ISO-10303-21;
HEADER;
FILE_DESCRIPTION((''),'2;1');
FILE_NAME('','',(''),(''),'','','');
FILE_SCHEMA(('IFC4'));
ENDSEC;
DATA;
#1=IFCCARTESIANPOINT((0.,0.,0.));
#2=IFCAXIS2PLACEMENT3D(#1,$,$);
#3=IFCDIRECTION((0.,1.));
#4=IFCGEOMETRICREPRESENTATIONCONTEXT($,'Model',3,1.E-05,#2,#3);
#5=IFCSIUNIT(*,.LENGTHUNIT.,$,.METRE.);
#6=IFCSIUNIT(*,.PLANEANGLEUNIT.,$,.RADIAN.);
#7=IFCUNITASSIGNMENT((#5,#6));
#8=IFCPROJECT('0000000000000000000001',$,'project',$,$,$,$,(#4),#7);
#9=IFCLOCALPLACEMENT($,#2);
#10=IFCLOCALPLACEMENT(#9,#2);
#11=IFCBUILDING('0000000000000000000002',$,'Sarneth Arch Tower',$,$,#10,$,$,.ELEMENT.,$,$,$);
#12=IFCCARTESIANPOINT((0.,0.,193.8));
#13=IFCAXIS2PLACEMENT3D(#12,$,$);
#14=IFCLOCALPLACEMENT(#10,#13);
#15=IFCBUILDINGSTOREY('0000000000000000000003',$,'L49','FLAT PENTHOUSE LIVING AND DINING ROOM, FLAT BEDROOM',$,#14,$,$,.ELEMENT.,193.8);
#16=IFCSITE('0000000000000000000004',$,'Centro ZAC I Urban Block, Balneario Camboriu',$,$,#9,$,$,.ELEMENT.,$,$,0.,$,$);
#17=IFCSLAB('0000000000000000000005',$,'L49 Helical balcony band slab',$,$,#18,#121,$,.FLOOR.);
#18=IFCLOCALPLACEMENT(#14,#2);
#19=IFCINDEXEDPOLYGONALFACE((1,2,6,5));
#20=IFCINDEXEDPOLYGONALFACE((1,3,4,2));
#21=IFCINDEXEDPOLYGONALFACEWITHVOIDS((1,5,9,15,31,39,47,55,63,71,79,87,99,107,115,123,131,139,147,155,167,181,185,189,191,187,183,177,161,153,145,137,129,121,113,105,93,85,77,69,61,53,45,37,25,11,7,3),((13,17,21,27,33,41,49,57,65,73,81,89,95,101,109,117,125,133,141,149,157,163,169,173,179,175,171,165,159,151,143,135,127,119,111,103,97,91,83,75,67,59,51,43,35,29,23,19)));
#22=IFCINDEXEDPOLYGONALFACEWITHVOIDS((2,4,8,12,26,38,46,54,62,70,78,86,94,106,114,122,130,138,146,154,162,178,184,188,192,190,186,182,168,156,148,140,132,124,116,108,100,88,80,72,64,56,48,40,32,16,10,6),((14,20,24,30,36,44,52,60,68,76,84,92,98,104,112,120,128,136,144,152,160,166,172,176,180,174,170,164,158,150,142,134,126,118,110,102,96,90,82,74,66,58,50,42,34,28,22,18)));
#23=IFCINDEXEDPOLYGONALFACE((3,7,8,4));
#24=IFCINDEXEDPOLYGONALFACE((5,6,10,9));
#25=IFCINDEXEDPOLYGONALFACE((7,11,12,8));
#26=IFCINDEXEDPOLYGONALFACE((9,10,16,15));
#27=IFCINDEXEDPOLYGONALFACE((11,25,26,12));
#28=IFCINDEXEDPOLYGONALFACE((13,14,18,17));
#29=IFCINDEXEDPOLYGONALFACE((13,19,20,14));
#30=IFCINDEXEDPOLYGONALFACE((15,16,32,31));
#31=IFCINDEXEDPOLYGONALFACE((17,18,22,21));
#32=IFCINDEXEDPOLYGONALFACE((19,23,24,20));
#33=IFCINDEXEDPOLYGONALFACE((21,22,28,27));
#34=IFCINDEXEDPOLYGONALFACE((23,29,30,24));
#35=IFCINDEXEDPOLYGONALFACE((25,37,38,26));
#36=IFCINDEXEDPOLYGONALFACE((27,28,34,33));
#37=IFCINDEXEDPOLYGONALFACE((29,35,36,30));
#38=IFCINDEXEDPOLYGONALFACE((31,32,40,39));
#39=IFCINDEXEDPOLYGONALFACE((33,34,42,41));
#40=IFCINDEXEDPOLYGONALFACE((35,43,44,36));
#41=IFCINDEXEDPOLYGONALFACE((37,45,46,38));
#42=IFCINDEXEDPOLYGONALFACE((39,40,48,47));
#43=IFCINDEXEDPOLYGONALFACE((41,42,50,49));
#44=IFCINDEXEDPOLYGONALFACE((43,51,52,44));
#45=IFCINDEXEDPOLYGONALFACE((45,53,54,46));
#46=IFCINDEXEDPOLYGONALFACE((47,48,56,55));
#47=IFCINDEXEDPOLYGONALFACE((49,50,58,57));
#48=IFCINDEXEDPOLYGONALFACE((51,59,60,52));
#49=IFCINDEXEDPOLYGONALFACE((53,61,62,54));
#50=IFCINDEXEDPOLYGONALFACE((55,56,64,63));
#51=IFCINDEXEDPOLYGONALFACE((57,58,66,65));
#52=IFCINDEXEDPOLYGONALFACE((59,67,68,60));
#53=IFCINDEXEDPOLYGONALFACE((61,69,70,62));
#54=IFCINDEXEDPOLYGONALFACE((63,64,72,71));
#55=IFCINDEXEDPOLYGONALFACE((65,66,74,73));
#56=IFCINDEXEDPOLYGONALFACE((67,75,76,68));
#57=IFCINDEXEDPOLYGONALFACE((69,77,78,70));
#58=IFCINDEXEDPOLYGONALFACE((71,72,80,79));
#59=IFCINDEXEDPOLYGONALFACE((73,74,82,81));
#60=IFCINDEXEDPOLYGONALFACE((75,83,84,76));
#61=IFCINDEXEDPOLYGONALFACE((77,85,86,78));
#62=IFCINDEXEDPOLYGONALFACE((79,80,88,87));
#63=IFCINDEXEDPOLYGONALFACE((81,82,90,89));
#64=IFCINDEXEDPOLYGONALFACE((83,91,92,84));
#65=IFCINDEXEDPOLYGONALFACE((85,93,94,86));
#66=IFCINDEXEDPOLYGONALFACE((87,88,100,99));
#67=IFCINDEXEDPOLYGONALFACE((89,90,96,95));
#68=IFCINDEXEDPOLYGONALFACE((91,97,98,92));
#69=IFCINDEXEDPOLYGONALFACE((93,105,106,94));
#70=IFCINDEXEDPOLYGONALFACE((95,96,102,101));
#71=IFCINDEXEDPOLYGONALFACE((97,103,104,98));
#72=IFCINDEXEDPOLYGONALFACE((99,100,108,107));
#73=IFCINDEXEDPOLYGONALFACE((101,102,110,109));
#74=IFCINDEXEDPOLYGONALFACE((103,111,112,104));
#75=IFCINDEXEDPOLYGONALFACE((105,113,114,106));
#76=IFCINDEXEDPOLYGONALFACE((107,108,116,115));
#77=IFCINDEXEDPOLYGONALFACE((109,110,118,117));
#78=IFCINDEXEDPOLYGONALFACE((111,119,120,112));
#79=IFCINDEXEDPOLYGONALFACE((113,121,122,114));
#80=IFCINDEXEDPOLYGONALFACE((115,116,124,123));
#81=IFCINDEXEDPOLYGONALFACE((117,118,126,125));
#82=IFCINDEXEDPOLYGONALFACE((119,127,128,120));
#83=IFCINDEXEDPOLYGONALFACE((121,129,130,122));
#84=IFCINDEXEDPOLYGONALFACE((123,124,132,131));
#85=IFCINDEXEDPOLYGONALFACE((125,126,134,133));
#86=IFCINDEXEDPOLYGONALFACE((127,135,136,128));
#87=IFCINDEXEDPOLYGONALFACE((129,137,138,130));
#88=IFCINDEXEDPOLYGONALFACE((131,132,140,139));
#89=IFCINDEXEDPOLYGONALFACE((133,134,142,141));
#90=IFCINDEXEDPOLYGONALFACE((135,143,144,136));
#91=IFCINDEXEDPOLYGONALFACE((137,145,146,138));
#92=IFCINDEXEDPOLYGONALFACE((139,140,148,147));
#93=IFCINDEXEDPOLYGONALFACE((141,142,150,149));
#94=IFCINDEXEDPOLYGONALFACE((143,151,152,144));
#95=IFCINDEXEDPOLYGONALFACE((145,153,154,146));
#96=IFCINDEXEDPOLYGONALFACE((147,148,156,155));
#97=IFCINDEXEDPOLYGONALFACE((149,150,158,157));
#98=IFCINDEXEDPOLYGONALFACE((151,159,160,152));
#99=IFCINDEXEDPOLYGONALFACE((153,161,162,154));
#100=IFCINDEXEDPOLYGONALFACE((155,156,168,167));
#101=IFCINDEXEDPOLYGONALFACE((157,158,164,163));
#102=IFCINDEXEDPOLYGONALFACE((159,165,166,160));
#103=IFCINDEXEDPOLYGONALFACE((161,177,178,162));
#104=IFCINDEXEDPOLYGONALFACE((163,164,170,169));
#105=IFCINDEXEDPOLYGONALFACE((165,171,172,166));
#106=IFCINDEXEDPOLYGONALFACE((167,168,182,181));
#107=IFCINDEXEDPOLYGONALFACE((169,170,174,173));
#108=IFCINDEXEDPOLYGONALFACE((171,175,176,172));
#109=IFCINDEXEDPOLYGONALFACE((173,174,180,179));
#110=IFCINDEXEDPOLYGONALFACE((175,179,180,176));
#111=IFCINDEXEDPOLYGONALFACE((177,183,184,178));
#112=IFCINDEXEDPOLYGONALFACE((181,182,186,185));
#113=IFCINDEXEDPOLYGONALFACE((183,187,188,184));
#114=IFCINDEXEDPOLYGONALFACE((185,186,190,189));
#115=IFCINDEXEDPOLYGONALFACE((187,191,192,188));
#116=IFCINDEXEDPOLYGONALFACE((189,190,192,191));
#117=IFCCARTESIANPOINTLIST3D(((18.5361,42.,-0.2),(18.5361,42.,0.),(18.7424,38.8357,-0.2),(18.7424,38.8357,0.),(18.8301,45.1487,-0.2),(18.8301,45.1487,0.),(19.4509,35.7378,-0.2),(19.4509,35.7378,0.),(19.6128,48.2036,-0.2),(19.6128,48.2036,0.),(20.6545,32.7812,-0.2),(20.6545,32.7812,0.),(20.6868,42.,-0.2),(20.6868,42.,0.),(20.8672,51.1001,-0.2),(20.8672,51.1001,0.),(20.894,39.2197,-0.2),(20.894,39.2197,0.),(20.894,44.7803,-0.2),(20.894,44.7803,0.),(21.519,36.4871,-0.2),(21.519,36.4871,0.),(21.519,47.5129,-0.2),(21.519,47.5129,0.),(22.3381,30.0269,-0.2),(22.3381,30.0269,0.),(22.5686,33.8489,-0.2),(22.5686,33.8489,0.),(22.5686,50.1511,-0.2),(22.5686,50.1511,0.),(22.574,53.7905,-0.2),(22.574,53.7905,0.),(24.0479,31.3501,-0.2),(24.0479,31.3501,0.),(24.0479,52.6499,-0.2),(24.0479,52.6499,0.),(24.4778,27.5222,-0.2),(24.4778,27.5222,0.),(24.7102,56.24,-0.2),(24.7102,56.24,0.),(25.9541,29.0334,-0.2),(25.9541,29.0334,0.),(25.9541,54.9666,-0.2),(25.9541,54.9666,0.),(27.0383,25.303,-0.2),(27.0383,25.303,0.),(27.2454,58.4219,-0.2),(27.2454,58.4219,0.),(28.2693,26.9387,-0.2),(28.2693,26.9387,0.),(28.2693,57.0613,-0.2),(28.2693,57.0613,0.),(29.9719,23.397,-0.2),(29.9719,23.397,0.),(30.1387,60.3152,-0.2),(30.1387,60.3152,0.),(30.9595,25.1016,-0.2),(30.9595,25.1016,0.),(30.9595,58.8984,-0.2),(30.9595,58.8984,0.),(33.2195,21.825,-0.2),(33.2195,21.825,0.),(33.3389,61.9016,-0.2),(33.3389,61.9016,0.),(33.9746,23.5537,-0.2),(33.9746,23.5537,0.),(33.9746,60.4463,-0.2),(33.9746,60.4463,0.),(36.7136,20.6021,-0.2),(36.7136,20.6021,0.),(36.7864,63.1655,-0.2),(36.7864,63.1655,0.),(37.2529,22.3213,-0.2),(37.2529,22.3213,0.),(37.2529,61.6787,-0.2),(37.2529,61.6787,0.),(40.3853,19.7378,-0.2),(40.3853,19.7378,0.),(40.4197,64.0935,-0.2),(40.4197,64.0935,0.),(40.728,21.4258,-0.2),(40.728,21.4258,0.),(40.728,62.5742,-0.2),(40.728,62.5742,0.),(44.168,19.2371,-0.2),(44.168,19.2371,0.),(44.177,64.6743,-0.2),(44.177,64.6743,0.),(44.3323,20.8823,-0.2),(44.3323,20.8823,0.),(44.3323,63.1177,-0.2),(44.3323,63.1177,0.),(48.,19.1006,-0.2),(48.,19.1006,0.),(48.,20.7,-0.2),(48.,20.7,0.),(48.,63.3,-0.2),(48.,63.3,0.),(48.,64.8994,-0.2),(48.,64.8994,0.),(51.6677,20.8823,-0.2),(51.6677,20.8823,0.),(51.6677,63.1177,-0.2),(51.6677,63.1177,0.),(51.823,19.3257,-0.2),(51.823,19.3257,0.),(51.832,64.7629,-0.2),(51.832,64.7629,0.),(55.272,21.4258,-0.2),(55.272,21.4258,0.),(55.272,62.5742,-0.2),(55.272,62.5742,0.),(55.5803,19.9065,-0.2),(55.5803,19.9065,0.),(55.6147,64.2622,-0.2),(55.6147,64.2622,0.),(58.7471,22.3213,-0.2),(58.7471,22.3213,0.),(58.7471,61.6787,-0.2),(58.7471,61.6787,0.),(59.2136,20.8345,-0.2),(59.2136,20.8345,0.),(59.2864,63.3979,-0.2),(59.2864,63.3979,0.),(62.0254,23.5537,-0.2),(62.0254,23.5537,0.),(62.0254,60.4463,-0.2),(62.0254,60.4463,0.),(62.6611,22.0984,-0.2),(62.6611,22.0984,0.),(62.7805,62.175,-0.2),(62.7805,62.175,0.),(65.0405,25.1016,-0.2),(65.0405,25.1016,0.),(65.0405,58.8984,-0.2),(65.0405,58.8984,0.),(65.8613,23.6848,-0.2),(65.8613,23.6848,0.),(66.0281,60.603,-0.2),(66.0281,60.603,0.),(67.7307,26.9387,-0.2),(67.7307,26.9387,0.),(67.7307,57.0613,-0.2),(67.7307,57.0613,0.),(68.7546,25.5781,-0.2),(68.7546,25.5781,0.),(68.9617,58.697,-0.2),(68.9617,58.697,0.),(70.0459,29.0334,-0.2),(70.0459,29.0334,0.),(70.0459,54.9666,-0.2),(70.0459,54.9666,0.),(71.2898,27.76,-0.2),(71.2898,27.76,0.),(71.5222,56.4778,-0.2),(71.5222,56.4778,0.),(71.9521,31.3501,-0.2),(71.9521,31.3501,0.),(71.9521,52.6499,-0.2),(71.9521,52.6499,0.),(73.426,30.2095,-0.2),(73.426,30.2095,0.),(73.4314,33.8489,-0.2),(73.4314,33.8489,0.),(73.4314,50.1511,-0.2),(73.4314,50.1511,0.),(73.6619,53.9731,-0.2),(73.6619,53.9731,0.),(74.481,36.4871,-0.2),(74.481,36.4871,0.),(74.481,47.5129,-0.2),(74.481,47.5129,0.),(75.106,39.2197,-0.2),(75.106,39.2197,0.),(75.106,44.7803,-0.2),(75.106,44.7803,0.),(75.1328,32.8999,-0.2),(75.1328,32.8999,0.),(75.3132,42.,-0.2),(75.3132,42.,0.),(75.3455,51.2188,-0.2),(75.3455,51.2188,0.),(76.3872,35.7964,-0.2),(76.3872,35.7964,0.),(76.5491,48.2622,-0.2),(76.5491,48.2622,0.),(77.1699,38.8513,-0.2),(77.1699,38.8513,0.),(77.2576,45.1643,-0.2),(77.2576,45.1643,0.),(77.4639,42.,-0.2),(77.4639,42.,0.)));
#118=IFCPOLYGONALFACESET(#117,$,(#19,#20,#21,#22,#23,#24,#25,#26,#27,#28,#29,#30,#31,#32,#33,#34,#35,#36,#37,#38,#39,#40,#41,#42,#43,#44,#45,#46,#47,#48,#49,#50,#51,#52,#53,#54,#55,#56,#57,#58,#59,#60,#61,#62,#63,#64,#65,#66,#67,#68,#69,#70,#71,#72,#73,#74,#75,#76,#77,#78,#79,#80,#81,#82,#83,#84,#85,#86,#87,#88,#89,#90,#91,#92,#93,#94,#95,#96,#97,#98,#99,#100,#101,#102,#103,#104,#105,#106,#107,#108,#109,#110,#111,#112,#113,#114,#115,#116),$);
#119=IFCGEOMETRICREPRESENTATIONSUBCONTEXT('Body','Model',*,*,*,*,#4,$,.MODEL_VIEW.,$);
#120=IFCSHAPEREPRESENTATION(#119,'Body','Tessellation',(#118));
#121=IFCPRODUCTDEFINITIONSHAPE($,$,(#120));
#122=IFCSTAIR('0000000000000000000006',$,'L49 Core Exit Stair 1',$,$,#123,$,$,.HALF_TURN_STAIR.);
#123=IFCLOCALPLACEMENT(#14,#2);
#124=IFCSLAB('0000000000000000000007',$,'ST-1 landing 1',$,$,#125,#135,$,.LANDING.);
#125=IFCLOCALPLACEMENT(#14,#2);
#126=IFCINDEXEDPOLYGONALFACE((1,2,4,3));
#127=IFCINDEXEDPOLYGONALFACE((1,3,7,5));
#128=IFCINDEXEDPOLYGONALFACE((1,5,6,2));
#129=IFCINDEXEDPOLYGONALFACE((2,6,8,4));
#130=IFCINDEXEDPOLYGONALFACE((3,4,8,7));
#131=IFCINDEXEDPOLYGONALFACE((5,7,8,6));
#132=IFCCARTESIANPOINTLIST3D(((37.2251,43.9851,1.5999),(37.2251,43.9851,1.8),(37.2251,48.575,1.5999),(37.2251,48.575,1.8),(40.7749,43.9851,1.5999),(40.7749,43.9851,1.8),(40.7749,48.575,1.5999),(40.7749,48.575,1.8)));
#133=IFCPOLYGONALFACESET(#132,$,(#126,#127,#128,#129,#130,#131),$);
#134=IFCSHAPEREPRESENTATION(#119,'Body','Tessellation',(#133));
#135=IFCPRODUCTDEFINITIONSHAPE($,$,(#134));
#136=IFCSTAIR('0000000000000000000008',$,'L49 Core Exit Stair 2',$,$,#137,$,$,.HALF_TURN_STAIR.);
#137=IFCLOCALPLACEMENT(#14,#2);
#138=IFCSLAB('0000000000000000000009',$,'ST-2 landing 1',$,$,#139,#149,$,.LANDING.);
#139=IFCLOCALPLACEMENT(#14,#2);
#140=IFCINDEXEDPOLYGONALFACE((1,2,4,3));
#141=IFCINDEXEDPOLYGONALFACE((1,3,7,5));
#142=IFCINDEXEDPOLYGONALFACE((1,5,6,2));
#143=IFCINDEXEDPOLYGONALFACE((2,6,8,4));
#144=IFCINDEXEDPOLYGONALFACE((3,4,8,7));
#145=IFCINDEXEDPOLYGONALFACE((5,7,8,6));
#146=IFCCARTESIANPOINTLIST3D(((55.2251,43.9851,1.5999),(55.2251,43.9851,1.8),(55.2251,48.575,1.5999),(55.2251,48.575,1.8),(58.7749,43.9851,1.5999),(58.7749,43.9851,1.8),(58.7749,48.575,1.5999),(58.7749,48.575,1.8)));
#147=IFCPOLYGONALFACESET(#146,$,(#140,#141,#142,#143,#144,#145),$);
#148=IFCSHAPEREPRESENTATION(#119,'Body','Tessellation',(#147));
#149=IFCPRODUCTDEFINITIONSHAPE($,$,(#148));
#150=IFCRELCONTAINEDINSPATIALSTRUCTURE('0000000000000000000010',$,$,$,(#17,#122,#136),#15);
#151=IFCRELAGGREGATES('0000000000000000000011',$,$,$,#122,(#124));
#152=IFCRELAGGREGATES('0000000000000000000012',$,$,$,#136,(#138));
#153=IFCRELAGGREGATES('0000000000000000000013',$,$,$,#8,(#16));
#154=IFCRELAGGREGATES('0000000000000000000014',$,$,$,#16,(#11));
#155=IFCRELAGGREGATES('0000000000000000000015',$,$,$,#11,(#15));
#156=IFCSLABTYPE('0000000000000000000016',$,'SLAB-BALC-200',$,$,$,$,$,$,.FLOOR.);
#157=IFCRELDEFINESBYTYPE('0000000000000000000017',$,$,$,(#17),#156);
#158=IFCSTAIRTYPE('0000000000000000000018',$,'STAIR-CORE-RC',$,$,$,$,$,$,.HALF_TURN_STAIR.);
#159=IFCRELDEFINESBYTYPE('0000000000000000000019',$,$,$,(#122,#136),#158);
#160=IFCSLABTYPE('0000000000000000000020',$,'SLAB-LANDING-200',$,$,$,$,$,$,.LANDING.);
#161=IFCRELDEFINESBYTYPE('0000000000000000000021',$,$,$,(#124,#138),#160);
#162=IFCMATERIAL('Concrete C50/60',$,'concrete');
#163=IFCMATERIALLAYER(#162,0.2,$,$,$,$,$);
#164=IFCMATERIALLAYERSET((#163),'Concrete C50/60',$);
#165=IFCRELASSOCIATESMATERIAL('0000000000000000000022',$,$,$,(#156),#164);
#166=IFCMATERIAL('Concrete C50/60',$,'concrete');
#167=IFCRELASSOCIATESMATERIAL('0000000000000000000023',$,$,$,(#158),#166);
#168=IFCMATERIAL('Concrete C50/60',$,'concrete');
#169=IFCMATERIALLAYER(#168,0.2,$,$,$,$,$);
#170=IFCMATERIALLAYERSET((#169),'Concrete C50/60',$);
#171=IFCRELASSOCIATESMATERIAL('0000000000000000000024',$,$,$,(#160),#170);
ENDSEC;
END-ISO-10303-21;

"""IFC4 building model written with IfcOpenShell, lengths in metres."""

from ifc_helpers import new_model, si_unit, direction, frame, origin, place, context, subcontext, project, spatial, polyline, outline, extrude, material, layer, layer_set, type_object, element, aggregate, save


model = new_model("IFC4")

# Units and contexts
model_context = context("Model", 3, precision=1e-05, world=origin(), true_north=direction((0.0, 1.0)))
body_context = subcontext(model_context, "Body", "Model", "MODEL_VIEW")
ifc_project = project(units=[si_unit("LENGTHUNIT", "METRE"), si_unit("PLANEANGLEUNIT", "RADIAN")], contexts=[model_context])

# Site, building, storey
site_placement = place(None, origin())
site = spatial("IfcSite", under=ifc_project, at=site_placement, Name="Centro ZAC I Urban Block, Balneario Camboriu", CompositionType="ELEMENT", RefElevation=0.0)
building_placement = place(site_placement, origin())
building = spatial("IfcBuilding", under=site, at=building_placement, Name="Sarneth Arch Tower", CompositionType="ELEMENT")
storey_placement = place(building_placement, frame((0.0, 0.0, 193.8)))
storey = spatial("IfcBuildingStorey", under=building, at=storey_placement, Name="L49", Description="FLAT PENTHOUSE LIVING AND DINING ROOM, FLAT BEDROOM", CompositionType="ELEMENT", Elevation=193.8)

# Slab
ifc_material_1 = material(Name="Concrete C50/60", Category="concrete")
ifc_layer_1 = layer(ifc_material_1, 0.2)
ifc_layer_set_1 = layer_set([ifc_layer_1], Name="Concrete C50/60")
slab_type_1 = type_object("IfcSlabType", Name="SLAB-BALC-200", PredefinedType="FLOOR", material=ifc_layer_set_1)
slab_1_placement = place(storey_placement, frame((0.0, 0.0, -0.2)))
element("IfcSlab", 1, at=slab_1_placement, inside=storey, type_object=slab_type_1, Name="L49 Helical balcony band slab", PredefinedType="FLOOR", context=body_context, shape_type="SweptSolid", body=[
    extrude(outline(polyline([(77.4639, 42.0), (77.2576, 45.1643), (76.5491, 48.2622), (75.3455, 51.2188), (73.6619, 53.9731), (71.5222, 56.4778), (68.9617, 58.697), (66.0281, 60.603), (62.7805, 62.175), (59.2864, 63.3979), (55.6147, 64.2622), (51.832, 64.7629), (48.0, 64.8994), (44.177, 64.6743), (40.4197, 64.0935), (36.7864, 63.1655), (33.3389, 61.9016), (30.1387, 60.3152), (27.2454, 58.4219), (24.7102, 56.24), (22.574, 53.7905), (20.8672, 51.1001), (19.6128, 48.2036), (18.8301, 45.1487), (18.5361, 42.0), (18.7424, 38.8357), (19.4509, 35.7378), (20.6545, 32.7812), (22.3381, 30.0269), (24.4778, 27.5222), (27.0383, 25.303), (29.9719, 23.397), (33.2195, 21.825), (36.7136, 20.6021), (40.3853, 19.7378), (44.168, 19.2371), (48.0, 19.1006), (51.823, 19.3257), (55.5803, 19.9065), (59.2136, 20.8345), (62.6611, 22.0984), (65.8613, 23.6848), (68.7546, 25.5781), (71.2898, 27.76), (73.426, 30.2095), (75.1328, 32.8999), (76.3872, 35.7964), (77.1699, 38.8513), (77.4639, 42.0)]), holes=[polyline([(75.3132, 42.0), (75.106, 44.7803), (74.481, 47.5129), (73.4314, 50.1511), (71.9521, 52.6499), (70.0459, 54.9666), (67.7307, 57.0613), (65.0405, 58.8984), (62.0254, 60.4463), (58.7471, 61.6787), (55.272, 62.5742), (51.6677, 63.1177), (48.0, 63.3), (44.3323, 63.1177), (40.728, 62.5742), (37.2529, 61.6787), (33.9746, 60.4463), (30.9595, 58.8984), (28.2693, 57.0613), (25.9541, 54.9666), (24.0479, 52.6499), (22.5686, 50.1511), (21.519, 47.5129), (20.894, 44.7803), (20.6868, 42.0), (20.894, 39.2197), (21.519, 36.4871), (22.5686, 33.8489), (24.0479, 31.3501), (25.9541, 29.0334), (28.2693, 26.9387), (30.9595, 25.1016), (33.9746, 23.5537), (37.2529, 22.3213), (40.728, 21.4258), (44.3323, 20.8823), (48.0, 20.7), (51.6677, 20.8823), (55.272, 21.4258), (58.7471, 22.3213), (62.0254, 23.5537), (65.0405, 25.1016), (67.7307, 26.9387), (70.0459, 29.0334), (71.9521, 31.3501), (73.4314, 33.8489), (74.481, 36.4871), (75.106, 39.2197), (75.3132, 42.0)])]), origin(), (0.0, 0.0, 1.0), 0.2),
])

# Stairs, slabs
ifc_material_2 = material(Name="Concrete C50/60", Category="concrete")
stair_type = type_object("IfcStairType", Name="STAIR-CORE-RC", PredefinedType="HALF_TURN_STAIR", material=ifc_material_2)
stair_1_placement = place(storey_placement, origin())
stair_1 = element("IfcStair", 2, at=stair_1_placement, inside=storey, type_object=stair_type, Name="L49 Core Exit Stair 1", PredefinedType="HALF_TURN_STAIR")
ifc_material_3 = material(Name="Concrete C50/60", Category="concrete")
ifc_layer_2 = layer(ifc_material_3, 0.2)
ifc_layer_set_2 = layer_set([ifc_layer_2], Name="Concrete C50/60")
slab_type_2 = type_object("IfcSlabType", Name="SLAB-LANDING-200", PredefinedType="LANDING", material=ifc_layer_set_2)
slab_2_placement = place(storey_placement, frame((0.0, 0.0, 1.5999)))
slab_2 = element("IfcSlab", 3, at=slab_2_placement, type_object=slab_type_2, Name="ST-1 landing 1", PredefinedType="LANDING", context=body_context, shape_type="SweptSolid", body=[
    extrude(outline(polyline([(37.2251, 43.9851), (40.7749, 43.9851), (40.7749, 48.575), (37.2251, 48.575), (37.2251, 43.9851)])), origin(), (0.0, 0.0, 1.0), 0.2002),
])
aggregate(stair_1, [slab_2])
stair_2_placement = place(storey_placement, origin())
stair_2 = element("IfcStair", 4, at=stair_2_placement, inside=storey, type_object=stair_type, Name="L49 Core Exit Stair 2", PredefinedType="HALF_TURN_STAIR")
slab_3_placement = place(storey_placement, frame((0.0, 0.0, 1.5999)))
slab_3 = element("IfcSlab", 5, at=slab_3_placement, type_object=slab_type_2, Name="ST-2 landing 1", PredefinedType="LANDING", context=body_context, shape_type="SweptSolid", body=[
    extrude(outline(polyline([(55.2251, 43.9851), (58.7749, 43.9851), (58.7749, 48.575), (55.2251, 48.575), (55.2251, 43.9851)])), origin(), (0.0, 0.0, 1.0), 0.2002),
])
aggregate(stair_2, [slab_3])

save(model, "model.ifc")
